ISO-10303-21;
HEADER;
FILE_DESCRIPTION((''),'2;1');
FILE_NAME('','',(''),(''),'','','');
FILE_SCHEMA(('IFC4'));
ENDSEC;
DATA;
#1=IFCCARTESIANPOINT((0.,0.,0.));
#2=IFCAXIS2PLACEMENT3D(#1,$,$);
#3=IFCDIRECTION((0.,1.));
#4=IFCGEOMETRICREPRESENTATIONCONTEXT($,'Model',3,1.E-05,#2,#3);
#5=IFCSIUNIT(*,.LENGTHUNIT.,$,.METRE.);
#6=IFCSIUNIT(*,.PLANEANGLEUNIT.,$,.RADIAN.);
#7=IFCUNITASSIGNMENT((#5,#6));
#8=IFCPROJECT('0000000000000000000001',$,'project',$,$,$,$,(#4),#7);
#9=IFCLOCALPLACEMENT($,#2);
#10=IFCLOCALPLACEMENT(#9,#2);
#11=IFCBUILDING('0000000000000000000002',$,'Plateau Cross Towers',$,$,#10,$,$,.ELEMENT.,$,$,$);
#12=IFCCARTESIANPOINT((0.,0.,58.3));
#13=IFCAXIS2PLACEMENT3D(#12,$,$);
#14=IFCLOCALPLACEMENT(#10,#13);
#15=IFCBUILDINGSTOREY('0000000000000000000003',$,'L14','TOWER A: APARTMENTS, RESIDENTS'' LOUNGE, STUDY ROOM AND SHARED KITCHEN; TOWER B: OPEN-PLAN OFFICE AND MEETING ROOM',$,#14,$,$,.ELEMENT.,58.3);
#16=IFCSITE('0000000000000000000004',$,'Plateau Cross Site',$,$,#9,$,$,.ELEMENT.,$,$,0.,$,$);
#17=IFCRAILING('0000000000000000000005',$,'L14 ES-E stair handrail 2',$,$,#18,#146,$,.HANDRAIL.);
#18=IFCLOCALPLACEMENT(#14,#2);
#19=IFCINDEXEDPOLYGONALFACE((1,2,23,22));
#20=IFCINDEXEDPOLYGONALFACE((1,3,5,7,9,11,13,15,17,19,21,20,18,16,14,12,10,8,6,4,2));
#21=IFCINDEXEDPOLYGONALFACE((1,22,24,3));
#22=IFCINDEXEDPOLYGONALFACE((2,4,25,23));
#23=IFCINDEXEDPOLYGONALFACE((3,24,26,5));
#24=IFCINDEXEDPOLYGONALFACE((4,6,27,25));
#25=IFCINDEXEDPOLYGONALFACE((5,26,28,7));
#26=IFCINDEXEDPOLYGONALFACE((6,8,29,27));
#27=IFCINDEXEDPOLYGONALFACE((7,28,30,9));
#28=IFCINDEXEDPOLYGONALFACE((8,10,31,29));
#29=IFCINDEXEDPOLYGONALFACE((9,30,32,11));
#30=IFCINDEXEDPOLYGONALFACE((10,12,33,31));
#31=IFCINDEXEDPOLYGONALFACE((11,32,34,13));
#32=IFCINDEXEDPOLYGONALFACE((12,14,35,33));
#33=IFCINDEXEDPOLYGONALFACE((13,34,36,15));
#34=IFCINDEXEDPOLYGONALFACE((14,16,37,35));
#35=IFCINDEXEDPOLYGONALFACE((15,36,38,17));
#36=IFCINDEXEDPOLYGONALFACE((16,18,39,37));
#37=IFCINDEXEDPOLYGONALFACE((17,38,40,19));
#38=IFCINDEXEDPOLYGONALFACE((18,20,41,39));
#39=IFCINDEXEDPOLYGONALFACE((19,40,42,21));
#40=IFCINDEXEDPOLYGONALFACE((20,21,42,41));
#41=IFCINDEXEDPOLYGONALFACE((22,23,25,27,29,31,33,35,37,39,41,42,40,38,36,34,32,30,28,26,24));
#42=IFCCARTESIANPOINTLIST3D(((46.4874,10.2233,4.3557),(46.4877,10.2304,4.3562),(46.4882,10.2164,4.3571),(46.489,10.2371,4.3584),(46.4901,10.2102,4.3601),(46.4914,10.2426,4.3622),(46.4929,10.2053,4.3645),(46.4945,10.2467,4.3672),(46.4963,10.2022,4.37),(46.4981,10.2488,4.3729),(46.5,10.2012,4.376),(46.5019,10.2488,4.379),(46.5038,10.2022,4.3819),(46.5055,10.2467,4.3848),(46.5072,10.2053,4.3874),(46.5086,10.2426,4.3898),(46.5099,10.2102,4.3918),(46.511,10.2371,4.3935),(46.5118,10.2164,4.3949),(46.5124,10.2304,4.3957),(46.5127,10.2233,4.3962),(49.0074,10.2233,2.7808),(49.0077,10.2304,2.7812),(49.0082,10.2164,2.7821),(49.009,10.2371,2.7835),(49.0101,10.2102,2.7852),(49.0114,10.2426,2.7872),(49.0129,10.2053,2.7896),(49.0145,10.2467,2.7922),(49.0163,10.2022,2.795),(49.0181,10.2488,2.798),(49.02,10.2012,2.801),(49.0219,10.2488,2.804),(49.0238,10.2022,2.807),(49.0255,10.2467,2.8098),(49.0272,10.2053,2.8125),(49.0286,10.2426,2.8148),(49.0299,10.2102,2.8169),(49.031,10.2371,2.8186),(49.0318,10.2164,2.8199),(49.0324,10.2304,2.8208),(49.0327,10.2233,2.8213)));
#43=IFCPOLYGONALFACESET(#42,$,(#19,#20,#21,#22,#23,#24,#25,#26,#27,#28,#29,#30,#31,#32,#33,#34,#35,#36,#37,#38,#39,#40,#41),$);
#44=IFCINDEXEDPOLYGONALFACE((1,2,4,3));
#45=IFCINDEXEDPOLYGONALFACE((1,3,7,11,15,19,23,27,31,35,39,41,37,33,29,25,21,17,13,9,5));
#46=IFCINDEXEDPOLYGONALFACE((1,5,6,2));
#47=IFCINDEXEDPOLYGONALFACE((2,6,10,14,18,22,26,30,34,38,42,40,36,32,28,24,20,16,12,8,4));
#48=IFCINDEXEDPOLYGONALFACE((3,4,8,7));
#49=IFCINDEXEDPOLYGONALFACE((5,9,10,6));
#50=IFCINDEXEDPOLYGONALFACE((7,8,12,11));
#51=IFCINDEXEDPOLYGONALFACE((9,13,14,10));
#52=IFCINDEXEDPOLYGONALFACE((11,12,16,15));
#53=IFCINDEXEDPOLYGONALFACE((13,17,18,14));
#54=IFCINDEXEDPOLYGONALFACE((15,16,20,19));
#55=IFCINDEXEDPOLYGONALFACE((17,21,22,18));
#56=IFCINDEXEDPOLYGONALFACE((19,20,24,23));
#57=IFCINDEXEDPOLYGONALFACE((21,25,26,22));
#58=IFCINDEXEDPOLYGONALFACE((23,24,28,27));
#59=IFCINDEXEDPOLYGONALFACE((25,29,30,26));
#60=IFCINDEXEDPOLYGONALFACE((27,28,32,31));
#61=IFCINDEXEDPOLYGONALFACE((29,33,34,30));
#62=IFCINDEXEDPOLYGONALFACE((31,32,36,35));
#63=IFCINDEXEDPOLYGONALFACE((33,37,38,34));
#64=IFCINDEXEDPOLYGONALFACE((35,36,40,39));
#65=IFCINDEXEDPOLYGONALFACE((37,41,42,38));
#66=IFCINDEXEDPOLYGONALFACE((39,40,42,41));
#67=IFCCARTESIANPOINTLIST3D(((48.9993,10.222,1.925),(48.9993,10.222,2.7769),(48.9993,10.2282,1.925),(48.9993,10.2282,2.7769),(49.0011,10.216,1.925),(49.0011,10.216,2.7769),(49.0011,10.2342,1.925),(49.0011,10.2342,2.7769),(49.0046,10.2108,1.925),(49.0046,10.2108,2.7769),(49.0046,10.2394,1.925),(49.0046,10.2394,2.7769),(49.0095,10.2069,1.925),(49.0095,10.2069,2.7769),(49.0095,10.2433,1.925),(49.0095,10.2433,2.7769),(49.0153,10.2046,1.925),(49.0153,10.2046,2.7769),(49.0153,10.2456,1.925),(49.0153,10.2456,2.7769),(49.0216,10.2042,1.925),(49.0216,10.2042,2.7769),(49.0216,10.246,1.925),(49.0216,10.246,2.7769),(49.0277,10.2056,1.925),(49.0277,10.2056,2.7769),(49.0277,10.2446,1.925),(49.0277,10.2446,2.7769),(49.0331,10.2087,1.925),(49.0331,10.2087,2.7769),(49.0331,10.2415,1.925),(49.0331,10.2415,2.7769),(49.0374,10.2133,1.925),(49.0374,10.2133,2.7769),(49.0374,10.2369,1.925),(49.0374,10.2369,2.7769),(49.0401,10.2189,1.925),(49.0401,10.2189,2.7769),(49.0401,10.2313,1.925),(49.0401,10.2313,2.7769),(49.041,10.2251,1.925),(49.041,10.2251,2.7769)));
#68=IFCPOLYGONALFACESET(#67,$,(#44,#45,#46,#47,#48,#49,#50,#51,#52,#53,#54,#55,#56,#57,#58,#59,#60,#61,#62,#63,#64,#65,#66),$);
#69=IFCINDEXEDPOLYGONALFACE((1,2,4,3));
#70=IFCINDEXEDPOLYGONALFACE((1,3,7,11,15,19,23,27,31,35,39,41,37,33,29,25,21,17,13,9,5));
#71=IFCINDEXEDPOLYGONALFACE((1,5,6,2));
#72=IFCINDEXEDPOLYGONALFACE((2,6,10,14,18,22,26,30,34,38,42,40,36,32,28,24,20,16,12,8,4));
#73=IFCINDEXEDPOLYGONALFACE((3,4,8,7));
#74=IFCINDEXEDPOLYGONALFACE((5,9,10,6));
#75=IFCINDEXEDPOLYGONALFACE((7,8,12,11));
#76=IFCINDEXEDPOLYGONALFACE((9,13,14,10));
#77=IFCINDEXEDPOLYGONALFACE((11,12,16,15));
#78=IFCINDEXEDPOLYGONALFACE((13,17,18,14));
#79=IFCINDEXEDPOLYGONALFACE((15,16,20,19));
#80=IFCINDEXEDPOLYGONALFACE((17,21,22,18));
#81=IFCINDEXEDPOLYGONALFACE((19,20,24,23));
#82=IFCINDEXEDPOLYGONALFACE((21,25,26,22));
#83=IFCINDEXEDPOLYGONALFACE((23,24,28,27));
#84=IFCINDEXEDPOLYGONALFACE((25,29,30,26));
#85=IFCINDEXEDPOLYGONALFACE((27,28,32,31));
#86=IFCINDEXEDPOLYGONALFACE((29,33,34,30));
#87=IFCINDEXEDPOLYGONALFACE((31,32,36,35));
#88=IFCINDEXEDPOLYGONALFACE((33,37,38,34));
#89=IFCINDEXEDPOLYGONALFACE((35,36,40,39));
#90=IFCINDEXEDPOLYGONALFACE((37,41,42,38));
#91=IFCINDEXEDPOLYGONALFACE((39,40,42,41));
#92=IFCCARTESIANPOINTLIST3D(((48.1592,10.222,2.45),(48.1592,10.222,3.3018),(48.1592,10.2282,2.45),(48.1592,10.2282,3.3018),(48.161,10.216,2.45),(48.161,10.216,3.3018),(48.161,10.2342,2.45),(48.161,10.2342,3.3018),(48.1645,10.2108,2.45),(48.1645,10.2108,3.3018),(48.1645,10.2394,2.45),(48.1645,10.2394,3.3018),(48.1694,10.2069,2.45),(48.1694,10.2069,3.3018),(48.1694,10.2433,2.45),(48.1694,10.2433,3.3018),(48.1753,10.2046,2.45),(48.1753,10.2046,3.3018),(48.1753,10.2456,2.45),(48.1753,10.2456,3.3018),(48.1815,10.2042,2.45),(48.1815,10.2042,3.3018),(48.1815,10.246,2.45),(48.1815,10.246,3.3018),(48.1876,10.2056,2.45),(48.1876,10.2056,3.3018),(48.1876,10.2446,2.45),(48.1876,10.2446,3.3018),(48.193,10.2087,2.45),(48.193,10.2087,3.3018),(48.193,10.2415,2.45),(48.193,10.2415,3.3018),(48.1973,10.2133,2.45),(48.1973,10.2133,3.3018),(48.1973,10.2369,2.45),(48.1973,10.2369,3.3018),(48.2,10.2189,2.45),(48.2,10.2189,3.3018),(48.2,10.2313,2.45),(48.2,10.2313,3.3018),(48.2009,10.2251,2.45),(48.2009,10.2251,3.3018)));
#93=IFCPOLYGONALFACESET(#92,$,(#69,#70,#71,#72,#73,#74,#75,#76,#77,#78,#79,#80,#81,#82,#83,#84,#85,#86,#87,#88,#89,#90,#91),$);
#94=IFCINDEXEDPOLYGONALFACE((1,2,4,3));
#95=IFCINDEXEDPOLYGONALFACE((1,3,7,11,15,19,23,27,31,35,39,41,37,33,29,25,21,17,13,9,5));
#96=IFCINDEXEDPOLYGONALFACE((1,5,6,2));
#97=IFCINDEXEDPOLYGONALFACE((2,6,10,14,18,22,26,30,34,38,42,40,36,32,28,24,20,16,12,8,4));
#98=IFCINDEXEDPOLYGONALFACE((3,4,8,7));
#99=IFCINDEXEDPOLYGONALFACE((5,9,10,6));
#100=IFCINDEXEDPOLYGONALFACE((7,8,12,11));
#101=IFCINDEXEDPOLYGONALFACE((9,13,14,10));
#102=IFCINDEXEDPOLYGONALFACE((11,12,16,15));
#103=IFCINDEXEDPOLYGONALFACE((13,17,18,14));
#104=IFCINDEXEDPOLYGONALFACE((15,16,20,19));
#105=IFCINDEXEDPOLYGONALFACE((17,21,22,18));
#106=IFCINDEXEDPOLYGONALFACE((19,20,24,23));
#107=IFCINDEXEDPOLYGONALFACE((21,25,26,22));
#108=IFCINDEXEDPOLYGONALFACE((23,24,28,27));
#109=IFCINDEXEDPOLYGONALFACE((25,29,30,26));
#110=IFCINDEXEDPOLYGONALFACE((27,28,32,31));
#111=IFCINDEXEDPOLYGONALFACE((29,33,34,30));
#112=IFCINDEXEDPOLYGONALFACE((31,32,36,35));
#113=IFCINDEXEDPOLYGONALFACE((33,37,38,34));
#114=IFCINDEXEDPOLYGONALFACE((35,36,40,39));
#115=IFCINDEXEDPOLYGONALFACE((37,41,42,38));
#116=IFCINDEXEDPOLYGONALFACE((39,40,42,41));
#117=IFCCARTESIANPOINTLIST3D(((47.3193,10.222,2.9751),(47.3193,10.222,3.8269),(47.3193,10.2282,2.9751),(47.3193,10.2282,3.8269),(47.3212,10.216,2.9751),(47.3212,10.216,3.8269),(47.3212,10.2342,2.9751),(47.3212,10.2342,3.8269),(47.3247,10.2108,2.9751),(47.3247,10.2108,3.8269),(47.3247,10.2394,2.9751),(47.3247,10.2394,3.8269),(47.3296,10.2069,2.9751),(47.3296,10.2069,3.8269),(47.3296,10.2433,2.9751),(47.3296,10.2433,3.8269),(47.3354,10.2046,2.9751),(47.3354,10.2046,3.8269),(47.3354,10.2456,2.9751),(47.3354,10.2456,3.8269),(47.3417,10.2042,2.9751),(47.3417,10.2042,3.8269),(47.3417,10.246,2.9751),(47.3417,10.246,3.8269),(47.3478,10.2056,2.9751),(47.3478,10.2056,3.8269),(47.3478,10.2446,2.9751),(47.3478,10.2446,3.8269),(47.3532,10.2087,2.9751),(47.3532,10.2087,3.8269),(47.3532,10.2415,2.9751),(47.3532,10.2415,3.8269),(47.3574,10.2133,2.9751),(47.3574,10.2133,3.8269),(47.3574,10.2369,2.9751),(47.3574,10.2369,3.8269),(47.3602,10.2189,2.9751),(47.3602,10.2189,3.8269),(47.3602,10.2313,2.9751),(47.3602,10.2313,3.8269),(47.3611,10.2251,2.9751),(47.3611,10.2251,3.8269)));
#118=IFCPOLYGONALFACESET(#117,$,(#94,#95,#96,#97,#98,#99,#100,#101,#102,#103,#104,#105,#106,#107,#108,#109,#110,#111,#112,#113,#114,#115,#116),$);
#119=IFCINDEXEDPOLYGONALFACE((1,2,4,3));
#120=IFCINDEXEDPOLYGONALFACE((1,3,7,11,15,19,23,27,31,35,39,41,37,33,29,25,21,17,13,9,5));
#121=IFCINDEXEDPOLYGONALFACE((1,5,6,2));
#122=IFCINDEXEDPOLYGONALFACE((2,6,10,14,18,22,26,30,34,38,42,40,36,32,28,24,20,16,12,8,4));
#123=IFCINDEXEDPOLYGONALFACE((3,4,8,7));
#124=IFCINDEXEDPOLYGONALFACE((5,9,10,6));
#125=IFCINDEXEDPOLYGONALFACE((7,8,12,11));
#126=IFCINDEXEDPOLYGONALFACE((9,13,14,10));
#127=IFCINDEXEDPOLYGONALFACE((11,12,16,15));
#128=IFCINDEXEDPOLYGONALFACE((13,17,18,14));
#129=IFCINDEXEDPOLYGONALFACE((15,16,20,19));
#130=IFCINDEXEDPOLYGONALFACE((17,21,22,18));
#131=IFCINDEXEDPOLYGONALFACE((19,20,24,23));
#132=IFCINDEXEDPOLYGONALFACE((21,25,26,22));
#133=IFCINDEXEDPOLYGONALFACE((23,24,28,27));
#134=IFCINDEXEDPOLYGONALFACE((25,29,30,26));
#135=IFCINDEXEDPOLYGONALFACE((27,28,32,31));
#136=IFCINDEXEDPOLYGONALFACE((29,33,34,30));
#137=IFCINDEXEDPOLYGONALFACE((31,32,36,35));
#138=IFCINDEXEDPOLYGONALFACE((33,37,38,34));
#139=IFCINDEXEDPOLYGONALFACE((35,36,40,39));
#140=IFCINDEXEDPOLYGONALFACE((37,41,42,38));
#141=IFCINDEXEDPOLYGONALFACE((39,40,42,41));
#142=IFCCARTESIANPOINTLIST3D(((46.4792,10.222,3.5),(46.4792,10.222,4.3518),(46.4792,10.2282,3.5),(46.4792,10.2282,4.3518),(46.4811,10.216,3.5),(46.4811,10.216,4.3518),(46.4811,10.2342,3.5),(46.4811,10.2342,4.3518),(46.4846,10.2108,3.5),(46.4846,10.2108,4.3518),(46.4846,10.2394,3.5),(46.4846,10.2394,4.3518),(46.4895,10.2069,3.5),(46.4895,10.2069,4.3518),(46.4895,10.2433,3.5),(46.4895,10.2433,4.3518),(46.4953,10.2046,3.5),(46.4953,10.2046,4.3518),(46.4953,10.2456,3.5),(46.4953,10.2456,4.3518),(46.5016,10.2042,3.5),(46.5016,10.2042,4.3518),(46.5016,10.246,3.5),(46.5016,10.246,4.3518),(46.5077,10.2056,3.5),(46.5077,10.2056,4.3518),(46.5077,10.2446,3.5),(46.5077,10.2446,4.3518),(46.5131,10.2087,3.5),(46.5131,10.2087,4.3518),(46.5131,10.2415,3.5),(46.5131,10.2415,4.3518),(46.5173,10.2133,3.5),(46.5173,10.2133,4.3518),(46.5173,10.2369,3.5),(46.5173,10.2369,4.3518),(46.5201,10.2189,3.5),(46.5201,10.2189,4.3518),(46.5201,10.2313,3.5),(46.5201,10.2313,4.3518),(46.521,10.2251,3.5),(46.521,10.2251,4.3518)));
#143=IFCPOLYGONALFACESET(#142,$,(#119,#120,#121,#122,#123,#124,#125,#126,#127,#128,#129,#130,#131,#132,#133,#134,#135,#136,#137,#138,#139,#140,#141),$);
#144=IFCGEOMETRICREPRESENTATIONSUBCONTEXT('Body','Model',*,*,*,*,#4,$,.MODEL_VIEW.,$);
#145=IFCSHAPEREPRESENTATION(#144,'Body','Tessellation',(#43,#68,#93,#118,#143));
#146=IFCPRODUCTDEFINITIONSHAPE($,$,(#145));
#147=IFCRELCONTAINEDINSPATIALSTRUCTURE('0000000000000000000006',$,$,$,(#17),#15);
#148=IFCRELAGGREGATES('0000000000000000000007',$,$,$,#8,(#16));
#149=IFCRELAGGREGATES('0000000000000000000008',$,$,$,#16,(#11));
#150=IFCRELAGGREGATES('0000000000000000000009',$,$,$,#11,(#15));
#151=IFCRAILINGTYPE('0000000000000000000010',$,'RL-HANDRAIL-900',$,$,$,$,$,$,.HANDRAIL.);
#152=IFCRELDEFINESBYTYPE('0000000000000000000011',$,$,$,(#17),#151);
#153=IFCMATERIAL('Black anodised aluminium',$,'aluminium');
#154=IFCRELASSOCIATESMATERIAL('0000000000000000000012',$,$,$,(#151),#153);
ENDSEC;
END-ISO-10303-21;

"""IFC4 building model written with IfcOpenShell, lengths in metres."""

from ifc_helpers import new_model, si_unit, direction, frame, origin, origin_2d, place, context, subcontext, project, spatial, circle, extrude, material, type_object, element, save


model = new_model("IFC4")

# Units and contexts
model_context = context("Model", 3, precision=1e-05, world=origin(), true_north=direction((0.0, 1.0)))
body_context = subcontext(model_context, "Body", "Model", "MODEL_VIEW")
ifc_project = project(units=[si_unit("LENGTHUNIT", "METRE"), si_unit("PLANEANGLEUNIT", "RADIAN")], contexts=[model_context])

# Site, building, storey
site_placement = place(None, origin())
site = spatial("IfcSite", under=ifc_project, at=site_placement, Name="Plateau Cross Site", CompositionType="ELEMENT", RefElevation=0.0)
building_placement = place(site_placement, origin())
building = spatial("IfcBuilding", under=site, at=building_placement, Name="Plateau Cross Towers", CompositionType="ELEMENT")
storey_placement = place(building_placement, frame((0.0, 0.0, 58.3)))
storey = spatial("IfcBuildingStorey", under=building, at=storey_placement, Name="L14", Description="TOWER A: APARTMENTS, RESIDENTS' LOUNGE, STUDY ROOM AND SHARED KITCHEN; TOWER B: OPEN-PLAN OFFICE AND MEETING ROOM", CompositionType="ELEMENT", Elevation=58.3)

# Shared definitions
ifc_material_1 = material(Name="Black anodised aluminium", Category="aluminium")

# Railing
railing_type_1 = type_object("IfcRailingType", Name="RL-HANDRAIL-900", PredefinedType="HANDRAIL", material=ifc_material_1)
railing_1_placement = place(storey_placement, frame((49.02, 10.2251, 1.925)))
element("IfcRailing", 1, at=railing_1_placement, inside=storey, type_object=railing_type_1, Name="L14 ES-E stair handrail 2", PredefinedType="HANDRAIL", context=body_context, shape_type="SweptSolid", body=[
    extrude(circle(Radius=0.0239, at=origin_2d()), frame((0.0, 0.0, 0.876), z_axis=(-0.848008, 0.0, 0.529984), x_axis=(0.0, -1.0, 0.0)), (0.0, 0.0, 1.0), 2.9717),
    extrude(circle(Radius=0.021, at=origin_2d()), origin(), (0.0, 0.0, 1.0), 0.8518),
    extrude(circle(Radius=0.021, at=origin_2d()), frame((-0.8401, 0.0, 0.5249)), (0.0, 0.0, 1.0), 0.8518),
    extrude(circle(Radius=0.021, at=origin_2d()), frame((-1.6799, 0.0, 1.05)), (0.0, 0.0, 1.0), 0.8518),
    extrude(circle(Radius=0.021, at=origin_2d()), frame((-2.52, 0.0, 1.575)), (0.0, 0.0, 1.0), 0.8518),
])

save(model, "model.ifc")
